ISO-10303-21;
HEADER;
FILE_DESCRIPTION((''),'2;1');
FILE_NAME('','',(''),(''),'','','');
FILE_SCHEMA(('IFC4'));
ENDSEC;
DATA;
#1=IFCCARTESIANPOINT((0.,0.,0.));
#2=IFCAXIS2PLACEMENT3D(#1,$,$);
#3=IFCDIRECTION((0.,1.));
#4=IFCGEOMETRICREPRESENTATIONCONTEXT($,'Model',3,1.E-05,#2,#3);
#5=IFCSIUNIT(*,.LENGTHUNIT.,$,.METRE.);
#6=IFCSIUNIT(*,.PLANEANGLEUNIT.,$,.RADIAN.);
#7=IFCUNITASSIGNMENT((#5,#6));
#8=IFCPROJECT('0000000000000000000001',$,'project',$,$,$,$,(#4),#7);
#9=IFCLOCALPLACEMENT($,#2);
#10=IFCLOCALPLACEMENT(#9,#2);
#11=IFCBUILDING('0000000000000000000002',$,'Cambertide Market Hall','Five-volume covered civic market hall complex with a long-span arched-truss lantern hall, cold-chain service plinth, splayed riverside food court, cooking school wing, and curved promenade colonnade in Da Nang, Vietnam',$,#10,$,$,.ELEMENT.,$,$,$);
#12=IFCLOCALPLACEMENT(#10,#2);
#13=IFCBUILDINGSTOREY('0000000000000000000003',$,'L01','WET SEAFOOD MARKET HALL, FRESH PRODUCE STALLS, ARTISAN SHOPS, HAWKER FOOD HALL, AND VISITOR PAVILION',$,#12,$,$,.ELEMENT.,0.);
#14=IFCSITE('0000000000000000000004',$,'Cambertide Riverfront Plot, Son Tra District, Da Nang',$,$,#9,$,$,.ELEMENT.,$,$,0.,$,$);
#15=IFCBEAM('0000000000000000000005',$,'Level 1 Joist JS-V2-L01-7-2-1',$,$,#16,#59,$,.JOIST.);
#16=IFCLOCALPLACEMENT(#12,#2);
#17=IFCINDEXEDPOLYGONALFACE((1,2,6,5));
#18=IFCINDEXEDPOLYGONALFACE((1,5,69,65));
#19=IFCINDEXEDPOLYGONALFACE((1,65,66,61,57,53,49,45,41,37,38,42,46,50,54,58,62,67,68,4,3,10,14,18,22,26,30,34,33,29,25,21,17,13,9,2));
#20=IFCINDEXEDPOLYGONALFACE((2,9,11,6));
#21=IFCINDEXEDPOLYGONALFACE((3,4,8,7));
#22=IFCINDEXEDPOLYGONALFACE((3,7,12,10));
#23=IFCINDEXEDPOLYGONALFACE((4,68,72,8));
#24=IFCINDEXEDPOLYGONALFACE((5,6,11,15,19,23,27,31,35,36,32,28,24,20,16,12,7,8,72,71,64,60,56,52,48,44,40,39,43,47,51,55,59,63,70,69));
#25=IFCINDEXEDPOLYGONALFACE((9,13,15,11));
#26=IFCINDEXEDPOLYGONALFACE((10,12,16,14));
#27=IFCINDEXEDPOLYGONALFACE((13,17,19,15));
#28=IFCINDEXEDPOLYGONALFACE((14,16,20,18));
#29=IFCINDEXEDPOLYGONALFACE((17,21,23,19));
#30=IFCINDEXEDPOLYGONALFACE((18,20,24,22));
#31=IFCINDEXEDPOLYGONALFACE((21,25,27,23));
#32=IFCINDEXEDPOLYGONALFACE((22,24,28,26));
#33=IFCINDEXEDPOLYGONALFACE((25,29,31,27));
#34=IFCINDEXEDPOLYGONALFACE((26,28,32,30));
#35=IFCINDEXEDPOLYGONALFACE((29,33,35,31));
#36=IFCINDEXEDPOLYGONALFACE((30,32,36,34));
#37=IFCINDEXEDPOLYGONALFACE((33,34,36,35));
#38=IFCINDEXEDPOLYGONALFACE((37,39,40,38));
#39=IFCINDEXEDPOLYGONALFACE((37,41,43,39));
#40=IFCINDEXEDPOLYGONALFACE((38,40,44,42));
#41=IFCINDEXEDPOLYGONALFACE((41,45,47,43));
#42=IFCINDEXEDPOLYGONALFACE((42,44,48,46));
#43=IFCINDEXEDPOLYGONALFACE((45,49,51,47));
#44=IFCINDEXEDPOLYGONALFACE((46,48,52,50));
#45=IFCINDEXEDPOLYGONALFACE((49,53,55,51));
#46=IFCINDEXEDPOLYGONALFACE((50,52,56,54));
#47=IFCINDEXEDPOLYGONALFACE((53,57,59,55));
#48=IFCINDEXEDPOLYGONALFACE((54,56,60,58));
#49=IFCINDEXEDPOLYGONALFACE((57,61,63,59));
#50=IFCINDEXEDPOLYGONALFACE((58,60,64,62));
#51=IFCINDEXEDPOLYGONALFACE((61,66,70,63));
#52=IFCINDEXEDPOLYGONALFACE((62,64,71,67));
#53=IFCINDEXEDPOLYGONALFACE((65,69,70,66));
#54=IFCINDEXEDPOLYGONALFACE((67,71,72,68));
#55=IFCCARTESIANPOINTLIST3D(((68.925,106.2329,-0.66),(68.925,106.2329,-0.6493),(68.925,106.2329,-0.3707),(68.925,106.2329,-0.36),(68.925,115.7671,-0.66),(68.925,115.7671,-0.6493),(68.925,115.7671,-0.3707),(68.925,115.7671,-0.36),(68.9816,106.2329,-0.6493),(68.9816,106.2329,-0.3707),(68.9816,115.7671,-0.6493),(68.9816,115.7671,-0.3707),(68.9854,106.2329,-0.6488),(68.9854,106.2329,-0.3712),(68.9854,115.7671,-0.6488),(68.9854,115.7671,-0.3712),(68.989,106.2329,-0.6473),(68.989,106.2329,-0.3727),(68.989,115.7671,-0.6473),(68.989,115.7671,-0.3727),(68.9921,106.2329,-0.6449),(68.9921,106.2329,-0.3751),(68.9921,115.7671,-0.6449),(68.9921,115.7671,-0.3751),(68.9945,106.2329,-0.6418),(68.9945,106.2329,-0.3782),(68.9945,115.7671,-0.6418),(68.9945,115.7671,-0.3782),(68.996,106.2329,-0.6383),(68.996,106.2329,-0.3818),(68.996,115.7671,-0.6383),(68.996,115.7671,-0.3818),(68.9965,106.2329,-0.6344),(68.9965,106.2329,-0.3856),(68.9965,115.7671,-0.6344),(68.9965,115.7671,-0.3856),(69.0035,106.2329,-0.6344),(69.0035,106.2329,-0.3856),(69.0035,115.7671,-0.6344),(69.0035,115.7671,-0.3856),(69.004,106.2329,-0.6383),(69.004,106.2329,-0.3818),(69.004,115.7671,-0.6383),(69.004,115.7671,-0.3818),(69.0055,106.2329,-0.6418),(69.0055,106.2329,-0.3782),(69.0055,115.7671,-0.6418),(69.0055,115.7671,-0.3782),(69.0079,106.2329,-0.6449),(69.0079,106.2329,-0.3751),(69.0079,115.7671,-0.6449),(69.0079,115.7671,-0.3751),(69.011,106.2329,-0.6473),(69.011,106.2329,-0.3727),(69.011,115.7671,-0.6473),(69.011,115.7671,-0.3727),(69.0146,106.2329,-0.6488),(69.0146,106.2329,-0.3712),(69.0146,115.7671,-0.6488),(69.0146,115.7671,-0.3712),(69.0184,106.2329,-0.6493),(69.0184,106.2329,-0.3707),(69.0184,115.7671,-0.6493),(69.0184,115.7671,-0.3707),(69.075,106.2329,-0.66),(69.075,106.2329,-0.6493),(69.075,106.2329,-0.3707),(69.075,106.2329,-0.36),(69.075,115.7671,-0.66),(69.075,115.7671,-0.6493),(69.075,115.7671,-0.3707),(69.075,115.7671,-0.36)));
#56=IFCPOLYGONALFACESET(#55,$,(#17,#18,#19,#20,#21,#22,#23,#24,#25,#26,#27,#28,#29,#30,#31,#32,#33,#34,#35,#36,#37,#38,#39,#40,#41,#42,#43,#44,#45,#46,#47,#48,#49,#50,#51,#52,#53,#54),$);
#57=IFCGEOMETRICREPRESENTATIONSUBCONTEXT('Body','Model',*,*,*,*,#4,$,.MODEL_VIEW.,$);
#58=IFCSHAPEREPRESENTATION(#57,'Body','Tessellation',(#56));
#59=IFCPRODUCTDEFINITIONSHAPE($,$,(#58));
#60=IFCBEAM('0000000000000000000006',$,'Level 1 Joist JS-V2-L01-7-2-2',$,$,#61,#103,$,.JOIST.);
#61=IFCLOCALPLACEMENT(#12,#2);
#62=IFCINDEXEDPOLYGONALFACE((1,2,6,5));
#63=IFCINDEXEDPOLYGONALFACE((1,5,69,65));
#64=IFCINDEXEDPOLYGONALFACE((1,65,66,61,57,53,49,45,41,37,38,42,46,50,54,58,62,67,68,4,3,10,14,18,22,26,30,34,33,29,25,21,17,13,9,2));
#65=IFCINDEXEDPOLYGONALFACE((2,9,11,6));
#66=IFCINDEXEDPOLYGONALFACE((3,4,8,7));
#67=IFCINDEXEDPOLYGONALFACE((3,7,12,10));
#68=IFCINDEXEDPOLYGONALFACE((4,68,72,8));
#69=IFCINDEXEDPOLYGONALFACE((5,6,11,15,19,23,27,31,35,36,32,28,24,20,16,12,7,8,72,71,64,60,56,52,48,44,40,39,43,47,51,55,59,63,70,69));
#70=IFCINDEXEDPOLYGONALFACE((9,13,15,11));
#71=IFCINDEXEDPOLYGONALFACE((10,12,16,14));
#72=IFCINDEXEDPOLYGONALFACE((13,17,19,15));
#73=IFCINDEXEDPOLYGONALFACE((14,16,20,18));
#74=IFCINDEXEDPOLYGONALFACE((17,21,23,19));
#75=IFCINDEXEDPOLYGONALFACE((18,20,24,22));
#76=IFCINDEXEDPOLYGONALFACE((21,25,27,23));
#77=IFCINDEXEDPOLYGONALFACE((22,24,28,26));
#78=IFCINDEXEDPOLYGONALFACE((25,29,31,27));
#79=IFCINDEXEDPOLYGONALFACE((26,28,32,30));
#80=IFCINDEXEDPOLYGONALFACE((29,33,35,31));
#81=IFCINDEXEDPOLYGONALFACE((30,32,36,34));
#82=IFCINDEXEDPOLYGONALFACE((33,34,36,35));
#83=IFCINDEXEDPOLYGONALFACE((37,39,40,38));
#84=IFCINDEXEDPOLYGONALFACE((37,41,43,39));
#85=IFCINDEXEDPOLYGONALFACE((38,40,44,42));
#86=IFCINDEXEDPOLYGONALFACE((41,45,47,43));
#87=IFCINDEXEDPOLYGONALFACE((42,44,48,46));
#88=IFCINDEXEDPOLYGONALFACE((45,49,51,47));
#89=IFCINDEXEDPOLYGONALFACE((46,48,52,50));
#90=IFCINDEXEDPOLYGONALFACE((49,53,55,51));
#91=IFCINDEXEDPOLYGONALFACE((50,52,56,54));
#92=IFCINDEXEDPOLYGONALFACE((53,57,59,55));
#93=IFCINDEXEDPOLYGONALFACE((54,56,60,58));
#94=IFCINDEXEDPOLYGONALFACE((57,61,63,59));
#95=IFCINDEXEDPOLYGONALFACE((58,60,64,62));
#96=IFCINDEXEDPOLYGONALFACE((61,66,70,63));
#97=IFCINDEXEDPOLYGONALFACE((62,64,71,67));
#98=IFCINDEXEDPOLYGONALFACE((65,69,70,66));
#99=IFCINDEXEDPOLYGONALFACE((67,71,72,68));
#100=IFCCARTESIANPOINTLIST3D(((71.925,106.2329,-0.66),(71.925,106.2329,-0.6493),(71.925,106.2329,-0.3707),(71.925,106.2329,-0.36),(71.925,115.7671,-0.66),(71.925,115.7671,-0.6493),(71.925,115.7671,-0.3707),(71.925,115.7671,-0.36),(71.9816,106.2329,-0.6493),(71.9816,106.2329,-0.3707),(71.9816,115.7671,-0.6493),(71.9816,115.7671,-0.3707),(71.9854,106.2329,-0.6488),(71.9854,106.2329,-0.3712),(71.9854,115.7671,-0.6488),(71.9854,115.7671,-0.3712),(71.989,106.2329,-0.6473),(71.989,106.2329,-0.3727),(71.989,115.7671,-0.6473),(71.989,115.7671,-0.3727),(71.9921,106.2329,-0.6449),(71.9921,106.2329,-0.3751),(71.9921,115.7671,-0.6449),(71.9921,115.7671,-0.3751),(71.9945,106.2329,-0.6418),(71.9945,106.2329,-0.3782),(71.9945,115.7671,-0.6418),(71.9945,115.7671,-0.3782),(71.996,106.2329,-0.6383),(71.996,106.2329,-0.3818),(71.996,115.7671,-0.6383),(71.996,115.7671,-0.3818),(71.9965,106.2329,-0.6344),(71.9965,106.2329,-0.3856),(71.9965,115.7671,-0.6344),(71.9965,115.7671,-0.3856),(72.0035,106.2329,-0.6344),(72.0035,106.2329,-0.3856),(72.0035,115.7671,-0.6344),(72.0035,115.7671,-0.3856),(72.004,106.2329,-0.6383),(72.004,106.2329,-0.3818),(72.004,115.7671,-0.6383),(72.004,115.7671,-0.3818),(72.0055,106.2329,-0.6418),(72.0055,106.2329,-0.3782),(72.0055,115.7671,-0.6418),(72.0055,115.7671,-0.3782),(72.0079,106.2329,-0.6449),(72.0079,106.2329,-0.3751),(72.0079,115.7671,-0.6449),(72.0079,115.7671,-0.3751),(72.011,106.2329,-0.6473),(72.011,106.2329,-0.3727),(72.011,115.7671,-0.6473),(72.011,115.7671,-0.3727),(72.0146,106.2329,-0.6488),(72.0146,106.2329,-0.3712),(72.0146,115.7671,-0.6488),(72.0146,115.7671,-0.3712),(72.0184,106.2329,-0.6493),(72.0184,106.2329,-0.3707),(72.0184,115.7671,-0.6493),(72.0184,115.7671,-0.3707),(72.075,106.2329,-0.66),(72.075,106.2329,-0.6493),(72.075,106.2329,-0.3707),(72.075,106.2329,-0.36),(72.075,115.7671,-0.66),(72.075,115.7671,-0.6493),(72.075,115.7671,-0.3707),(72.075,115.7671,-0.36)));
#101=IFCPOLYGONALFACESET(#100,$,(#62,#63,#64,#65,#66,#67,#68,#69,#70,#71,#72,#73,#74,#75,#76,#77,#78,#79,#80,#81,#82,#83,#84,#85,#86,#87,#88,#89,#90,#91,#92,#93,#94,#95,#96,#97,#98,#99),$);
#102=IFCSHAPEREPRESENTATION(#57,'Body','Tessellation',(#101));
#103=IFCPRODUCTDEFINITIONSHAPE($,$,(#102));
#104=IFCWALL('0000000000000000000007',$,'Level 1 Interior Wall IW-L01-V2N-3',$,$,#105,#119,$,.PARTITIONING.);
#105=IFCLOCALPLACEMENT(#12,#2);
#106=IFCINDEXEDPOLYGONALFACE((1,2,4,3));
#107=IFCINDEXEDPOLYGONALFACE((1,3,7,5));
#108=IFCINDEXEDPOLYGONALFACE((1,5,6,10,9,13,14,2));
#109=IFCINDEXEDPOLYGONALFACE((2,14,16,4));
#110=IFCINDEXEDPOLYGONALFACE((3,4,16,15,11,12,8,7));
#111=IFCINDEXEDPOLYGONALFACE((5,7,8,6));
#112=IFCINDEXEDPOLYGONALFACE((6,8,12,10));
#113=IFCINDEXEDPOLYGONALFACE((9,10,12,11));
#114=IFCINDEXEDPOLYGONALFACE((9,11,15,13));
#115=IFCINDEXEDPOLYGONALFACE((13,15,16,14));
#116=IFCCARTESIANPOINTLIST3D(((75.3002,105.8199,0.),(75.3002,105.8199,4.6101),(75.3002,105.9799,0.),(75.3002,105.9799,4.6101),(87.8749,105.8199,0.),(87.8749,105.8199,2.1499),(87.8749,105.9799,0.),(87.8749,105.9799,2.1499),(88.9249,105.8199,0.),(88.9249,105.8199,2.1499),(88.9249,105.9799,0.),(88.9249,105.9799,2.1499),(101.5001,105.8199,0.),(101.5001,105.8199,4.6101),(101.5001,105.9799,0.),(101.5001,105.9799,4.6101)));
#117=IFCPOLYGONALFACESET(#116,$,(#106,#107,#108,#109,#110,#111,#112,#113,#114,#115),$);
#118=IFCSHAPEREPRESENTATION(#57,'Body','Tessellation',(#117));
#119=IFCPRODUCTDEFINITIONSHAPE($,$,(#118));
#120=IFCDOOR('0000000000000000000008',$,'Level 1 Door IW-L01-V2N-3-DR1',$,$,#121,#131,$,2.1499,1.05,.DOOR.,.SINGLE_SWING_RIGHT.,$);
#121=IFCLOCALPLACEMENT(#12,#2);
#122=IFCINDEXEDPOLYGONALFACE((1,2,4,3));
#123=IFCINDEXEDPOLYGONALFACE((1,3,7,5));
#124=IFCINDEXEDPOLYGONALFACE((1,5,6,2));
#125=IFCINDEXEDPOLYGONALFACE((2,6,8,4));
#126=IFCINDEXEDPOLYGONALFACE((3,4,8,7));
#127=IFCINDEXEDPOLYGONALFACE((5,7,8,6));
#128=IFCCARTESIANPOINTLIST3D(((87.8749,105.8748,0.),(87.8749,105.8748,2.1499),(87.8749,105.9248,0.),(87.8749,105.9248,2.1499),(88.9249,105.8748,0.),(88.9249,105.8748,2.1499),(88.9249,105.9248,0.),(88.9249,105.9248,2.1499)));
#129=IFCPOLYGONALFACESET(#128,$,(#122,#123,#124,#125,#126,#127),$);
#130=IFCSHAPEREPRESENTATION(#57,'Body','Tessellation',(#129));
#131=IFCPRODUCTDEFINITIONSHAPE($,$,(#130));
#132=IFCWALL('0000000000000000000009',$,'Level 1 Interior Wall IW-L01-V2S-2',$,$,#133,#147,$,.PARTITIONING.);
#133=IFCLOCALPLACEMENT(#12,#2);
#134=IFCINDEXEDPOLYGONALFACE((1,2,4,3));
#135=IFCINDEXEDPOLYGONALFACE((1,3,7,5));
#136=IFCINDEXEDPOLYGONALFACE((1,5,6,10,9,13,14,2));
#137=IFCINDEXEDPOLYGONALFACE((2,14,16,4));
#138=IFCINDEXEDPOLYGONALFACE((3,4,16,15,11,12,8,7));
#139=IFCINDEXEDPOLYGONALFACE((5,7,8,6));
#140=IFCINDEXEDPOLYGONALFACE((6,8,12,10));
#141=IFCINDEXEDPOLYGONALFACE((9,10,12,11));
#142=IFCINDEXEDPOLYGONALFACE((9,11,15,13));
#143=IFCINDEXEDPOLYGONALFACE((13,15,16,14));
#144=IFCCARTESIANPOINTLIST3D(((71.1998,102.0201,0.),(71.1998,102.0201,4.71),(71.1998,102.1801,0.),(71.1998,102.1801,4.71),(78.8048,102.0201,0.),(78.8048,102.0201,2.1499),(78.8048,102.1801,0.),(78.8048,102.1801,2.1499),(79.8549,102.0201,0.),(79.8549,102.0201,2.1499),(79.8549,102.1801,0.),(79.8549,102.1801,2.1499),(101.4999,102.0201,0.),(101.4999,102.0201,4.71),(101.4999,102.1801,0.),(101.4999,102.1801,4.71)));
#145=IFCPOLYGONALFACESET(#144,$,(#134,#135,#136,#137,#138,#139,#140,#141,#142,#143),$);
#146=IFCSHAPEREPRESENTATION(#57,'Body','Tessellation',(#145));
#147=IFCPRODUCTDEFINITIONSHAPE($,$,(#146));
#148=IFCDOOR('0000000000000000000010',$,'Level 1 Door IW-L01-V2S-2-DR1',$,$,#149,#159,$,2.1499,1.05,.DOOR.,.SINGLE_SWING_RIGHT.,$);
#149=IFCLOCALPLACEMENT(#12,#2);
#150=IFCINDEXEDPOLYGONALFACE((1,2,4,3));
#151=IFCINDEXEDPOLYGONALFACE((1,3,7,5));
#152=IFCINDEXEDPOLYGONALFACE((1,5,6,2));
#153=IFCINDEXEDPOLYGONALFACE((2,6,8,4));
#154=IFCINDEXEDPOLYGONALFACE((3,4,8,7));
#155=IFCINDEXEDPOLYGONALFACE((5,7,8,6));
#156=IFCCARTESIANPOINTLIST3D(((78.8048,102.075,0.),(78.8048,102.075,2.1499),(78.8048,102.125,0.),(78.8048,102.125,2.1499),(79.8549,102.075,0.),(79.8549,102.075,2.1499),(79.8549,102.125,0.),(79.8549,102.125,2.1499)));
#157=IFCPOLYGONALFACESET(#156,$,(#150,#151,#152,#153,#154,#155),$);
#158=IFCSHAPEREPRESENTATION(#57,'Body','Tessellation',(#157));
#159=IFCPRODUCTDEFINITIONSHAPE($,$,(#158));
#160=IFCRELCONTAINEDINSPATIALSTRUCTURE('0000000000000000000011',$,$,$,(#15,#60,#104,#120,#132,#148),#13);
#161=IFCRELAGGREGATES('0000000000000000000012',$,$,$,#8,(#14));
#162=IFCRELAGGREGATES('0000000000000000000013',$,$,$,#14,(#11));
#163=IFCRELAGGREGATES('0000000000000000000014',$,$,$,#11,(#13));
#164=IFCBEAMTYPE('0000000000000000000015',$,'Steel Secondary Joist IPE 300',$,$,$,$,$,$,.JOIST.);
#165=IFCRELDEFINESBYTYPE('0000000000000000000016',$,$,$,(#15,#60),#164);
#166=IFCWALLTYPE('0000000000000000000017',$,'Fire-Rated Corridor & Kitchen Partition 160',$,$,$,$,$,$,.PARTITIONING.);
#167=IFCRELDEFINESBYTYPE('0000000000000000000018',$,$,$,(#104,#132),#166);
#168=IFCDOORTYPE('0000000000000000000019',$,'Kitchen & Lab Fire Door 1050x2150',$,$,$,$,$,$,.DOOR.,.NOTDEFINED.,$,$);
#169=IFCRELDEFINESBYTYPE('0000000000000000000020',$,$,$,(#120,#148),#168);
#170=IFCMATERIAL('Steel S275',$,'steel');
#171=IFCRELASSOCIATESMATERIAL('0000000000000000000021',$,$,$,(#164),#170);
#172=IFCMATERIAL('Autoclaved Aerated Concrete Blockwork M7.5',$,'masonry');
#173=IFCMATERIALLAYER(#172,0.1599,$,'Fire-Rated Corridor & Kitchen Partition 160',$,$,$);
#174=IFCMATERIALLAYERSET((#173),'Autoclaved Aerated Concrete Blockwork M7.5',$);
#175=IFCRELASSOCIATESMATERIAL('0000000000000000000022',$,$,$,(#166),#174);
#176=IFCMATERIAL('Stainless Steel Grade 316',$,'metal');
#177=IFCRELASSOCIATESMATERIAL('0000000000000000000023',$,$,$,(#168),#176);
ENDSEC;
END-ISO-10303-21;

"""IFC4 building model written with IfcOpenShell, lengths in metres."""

from ifc_helpers import new_model, si_unit, direction, frame, frame_2d, origin, origin_2d, place, context, subcontext, project, spatial, rectangle, i_section, extrude, material, layer, layer_set, material_profile, profile_set, type_object, element, fill, save


model = new_model("IFC4")

# Units and contexts
model_context = context("Model", 3, precision=1e-05, world=origin(), true_north=direction((0.0, 1.0)))
body_context = subcontext(model_context, "Body", "Model", "MODEL_VIEW")
ifc_project = project(units=[si_unit("LENGTHUNIT", "METRE"), si_unit("PLANEANGLEUNIT", "RADIAN")], contexts=[model_context])

# Site, building, storey
site_placement = place(None, origin())
site = spatial("IfcSite", under=ifc_project, at=site_placement, Name="Cambertide Riverfront Plot, Son Tra District, Da Nang", CompositionType="ELEMENT", RefElevation=0.0)
building_placement = place(site_placement, origin())
building = spatial("IfcBuilding", under=site, at=building_placement, Name="Cambertide Market Hall", Description="Five-volume covered civic market hall complex with a long-span arched-truss lantern hall, cold-chain service plinth, splayed riverside food court, cooking school wing, and curved promenade colonnade in Da Nang, Vietnam", CompositionType="ELEMENT")
storey_placement = place(building_placement, origin())
storey = spatial("IfcBuildingStorey", under=building, at=storey_placement, Name="L01", Description="WET SEAFOOD MARKET HALL, FRESH PRODUCE STALLS, ARTISAN SHOPS, HAWKER FOOD HALL, AND VISITOR PAVILION", CompositionType="ELEMENT", Elevation=0.0)

# Beams
ifc_material_1 = material(Name="Steel S275", Category="steel")
ifc_material_profile_1 = material_profile(ifc_material_1, i_section(OverallWidth=0.1499, OverallDepth=0.3, WebThickness=0.0071, FlangeThickness=0.0107, FilletRadius=0.0149, at=origin_2d()), Name="IPE 300")
ifc_profile_set_1 = profile_set([ifc_material_profile_1], Name="Steel S275")
beam_type_1 = type_object("IfcBeamType", Name="Steel Secondary Joist IPE 300", PredefinedType="JOIST", material=ifc_profile_set_1)
for number, where, z_axis, x_axis, name in (
    (1, (69.0, 106.2329, -0.51), (0.0, 1.0, 0.0), (-1.0, 0.0, 0.0), "Level 1 Joist JS-V2-L01-7-2-1"),
    (2, (72.0, 106.2329, -0.51), (0.0, 1.0, 0.0), (-1.0, 0.0, 0.0), "Level 1 Joist JS-V2-L01-7-2-2"),
):
    element("IfcBeam", number, at=place(storey_placement, frame(where, z_axis=z_axis, x_axis=x_axis)), inside=storey, type_object=beam_type_1, Name=name, PredefinedType="JOIST", context=body_context, shape_type="SweptSolid", body=[
        extrude(i_section(OverallWidth=0.1499, OverallDepth=0.3, WebThickness=0.0071, FlangeThickness=0.0107, FilletRadius=0.0149, at=origin_2d()), origin(), (0.0, 0.0, 1.0), 9.5342),
    ])

# Walls, openings, doors
ifc_material_2 = material(Name="Autoclaved Aerated Concrete Blockwork M7.5", Category="masonry")
ifc_layer_1 = layer(ifc_material_2, 0.1599, Name="Fire-Rated Corridor & Kitchen Partition 160")
ifc_layer_set_1 = layer_set([ifc_layer_1], Name="Autoclaved Aerated Concrete Blockwork M7.5")
wall_type_1 = type_object("IfcWallType", Name="Fire-Rated Corridor & Kitchen Partition 160", PredefinedType="PARTITIONING", material=ifc_layer_set_1)
wall_1_placement = place(storey_placement, frame((75.3, 105.8999, 0.0), z_axis=(0.0, 0.0, 1.0), x_axis=(1.0, 0.0, 0.0)))
wall_1 = element("IfcWall", 3, at=wall_1_placement, inside=storey, type_object=wall_type_1, Name="Level 1 Interior Wall IW-L01-V2N-3", PredefinedType="PARTITIONING", context=body_context, shape_type="SweptSolid", body=[
    extrude(rectangle(XDim=26.2, YDim=0.1599, at=frame_2d((13.1001, 0.0))), origin(), (0.0, 0.0, 1.0), 4.6101),
])
opening_1_placement = place(wall_1_placement, frame((12.575, 0.0, 0.0)))
opening_1 = element("IfcOpeningElement", 4, at=opening_1_placement, cuts=wall_1, PredefinedType="OPENING", context=body_context, shape_type="SweptSolid", body=[
    extrude(rectangle(XDim=1.05, YDim=2.1499, at=frame_2d((0.5249, 1.075))), frame((0.0, 0.0898, 0.0), z_axis=(0.0, -1.0, 0.0), x_axis=(1.0, 0.0, 0.0)), (0.0, 0.0, 1.0), 0.1799),
])
ifc_material_3 = material(Name="Stainless Steel Grade 316", Category="metal")
door_type_1 = type_object("IfcDoorType", Name="Kitchen & Lab Fire Door 1050x2150", OperationType="NOTDEFINED", PredefinedType="DOOR", material=ifc_material_3)
door_1_placement = place(opening_1_placement, origin())
door_1 = element("IfcDoor", 5, at=door_1_placement, inside=storey, type_object=door_type_1, Name="Level 1 Door IW-L01-V2N-3-DR1", OperationType="SINGLE_SWING_RIGHT", OverallHeight=2.1499, OverallWidth=1.05, PredefinedType="DOOR", context=body_context, shape_type="SweptSolid", body=[
    extrude(rectangle(XDim=1.05, YDim=2.1499, at=frame_2d((0.5249, 1.075))), frame((0.0, 0.0249, 0.0), z_axis=(0.0, -1.0, 0.0), x_axis=(1.0, 0.0, 0.0)), (0.0, 0.0, 1.0), 0.05),
])
fill(opening_1, door_1)
wall_2_placement = place(storey_placement, frame((71.2, 102.1001, 0.0), z_axis=(0.0, 0.0, 1.0), x_axis=(1.0, 0.0, 0.0)))
wall_2 = element("IfcWall", 6, at=wall_2_placement, inside=storey, type_object=wall_type_1, Name="Level 1 Interior Wall IW-L01-V2S-2", PredefinedType="PARTITIONING", context=body_context, shape_type="SweptSolid", body=[
    extrude(rectangle(XDim=30.3, YDim=0.1599, at=frame_2d((15.1499, 0.0))), origin(), (0.0, 0.0, 1.0), 4.71),
])
opening_2_placement = place(wall_2_placement, frame((7.605, 0.0, 0.0)))
opening_2 = element("IfcOpeningElement", 7, at=opening_2_placement, cuts=wall_2, PredefinedType="OPENING", context=body_context, shape_type="SweptSolid", body=[
    extrude(rectangle(XDim=1.05, YDim=2.1499, at=frame_2d((0.5249, 1.075))), frame((0.0, 0.0898, 0.0), z_axis=(0.0, -1.0, 0.0), x_axis=(1.0, 0.0, 0.0)), (0.0, 0.0, 1.0), 0.1799),
])
door_2_placement = place(opening_2_placement, origin())
door_2 = element("IfcDoor", 8, at=door_2_placement, inside=storey, type_object=door_type_1, Name="Level 1 Door IW-L01-V2S-2-DR1", OperationType="SINGLE_SWING_RIGHT", OverallHeight=2.1499, OverallWidth=1.05, PredefinedType="DOOR", context=body_context, shape_type="SweptSolid", body=[
    extrude(rectangle(XDim=1.05, YDim=2.1499, at=frame_2d((0.5249, 1.075))), frame((0.0, 0.0249, 0.0), z_axis=(0.0, -1.0, 0.0), x_axis=(1.0, 0.0, 0.0)), (0.0, 0.0, 1.0), 0.05),
])
fill(opening_2, door_2)

save(model, "model.ifc")
